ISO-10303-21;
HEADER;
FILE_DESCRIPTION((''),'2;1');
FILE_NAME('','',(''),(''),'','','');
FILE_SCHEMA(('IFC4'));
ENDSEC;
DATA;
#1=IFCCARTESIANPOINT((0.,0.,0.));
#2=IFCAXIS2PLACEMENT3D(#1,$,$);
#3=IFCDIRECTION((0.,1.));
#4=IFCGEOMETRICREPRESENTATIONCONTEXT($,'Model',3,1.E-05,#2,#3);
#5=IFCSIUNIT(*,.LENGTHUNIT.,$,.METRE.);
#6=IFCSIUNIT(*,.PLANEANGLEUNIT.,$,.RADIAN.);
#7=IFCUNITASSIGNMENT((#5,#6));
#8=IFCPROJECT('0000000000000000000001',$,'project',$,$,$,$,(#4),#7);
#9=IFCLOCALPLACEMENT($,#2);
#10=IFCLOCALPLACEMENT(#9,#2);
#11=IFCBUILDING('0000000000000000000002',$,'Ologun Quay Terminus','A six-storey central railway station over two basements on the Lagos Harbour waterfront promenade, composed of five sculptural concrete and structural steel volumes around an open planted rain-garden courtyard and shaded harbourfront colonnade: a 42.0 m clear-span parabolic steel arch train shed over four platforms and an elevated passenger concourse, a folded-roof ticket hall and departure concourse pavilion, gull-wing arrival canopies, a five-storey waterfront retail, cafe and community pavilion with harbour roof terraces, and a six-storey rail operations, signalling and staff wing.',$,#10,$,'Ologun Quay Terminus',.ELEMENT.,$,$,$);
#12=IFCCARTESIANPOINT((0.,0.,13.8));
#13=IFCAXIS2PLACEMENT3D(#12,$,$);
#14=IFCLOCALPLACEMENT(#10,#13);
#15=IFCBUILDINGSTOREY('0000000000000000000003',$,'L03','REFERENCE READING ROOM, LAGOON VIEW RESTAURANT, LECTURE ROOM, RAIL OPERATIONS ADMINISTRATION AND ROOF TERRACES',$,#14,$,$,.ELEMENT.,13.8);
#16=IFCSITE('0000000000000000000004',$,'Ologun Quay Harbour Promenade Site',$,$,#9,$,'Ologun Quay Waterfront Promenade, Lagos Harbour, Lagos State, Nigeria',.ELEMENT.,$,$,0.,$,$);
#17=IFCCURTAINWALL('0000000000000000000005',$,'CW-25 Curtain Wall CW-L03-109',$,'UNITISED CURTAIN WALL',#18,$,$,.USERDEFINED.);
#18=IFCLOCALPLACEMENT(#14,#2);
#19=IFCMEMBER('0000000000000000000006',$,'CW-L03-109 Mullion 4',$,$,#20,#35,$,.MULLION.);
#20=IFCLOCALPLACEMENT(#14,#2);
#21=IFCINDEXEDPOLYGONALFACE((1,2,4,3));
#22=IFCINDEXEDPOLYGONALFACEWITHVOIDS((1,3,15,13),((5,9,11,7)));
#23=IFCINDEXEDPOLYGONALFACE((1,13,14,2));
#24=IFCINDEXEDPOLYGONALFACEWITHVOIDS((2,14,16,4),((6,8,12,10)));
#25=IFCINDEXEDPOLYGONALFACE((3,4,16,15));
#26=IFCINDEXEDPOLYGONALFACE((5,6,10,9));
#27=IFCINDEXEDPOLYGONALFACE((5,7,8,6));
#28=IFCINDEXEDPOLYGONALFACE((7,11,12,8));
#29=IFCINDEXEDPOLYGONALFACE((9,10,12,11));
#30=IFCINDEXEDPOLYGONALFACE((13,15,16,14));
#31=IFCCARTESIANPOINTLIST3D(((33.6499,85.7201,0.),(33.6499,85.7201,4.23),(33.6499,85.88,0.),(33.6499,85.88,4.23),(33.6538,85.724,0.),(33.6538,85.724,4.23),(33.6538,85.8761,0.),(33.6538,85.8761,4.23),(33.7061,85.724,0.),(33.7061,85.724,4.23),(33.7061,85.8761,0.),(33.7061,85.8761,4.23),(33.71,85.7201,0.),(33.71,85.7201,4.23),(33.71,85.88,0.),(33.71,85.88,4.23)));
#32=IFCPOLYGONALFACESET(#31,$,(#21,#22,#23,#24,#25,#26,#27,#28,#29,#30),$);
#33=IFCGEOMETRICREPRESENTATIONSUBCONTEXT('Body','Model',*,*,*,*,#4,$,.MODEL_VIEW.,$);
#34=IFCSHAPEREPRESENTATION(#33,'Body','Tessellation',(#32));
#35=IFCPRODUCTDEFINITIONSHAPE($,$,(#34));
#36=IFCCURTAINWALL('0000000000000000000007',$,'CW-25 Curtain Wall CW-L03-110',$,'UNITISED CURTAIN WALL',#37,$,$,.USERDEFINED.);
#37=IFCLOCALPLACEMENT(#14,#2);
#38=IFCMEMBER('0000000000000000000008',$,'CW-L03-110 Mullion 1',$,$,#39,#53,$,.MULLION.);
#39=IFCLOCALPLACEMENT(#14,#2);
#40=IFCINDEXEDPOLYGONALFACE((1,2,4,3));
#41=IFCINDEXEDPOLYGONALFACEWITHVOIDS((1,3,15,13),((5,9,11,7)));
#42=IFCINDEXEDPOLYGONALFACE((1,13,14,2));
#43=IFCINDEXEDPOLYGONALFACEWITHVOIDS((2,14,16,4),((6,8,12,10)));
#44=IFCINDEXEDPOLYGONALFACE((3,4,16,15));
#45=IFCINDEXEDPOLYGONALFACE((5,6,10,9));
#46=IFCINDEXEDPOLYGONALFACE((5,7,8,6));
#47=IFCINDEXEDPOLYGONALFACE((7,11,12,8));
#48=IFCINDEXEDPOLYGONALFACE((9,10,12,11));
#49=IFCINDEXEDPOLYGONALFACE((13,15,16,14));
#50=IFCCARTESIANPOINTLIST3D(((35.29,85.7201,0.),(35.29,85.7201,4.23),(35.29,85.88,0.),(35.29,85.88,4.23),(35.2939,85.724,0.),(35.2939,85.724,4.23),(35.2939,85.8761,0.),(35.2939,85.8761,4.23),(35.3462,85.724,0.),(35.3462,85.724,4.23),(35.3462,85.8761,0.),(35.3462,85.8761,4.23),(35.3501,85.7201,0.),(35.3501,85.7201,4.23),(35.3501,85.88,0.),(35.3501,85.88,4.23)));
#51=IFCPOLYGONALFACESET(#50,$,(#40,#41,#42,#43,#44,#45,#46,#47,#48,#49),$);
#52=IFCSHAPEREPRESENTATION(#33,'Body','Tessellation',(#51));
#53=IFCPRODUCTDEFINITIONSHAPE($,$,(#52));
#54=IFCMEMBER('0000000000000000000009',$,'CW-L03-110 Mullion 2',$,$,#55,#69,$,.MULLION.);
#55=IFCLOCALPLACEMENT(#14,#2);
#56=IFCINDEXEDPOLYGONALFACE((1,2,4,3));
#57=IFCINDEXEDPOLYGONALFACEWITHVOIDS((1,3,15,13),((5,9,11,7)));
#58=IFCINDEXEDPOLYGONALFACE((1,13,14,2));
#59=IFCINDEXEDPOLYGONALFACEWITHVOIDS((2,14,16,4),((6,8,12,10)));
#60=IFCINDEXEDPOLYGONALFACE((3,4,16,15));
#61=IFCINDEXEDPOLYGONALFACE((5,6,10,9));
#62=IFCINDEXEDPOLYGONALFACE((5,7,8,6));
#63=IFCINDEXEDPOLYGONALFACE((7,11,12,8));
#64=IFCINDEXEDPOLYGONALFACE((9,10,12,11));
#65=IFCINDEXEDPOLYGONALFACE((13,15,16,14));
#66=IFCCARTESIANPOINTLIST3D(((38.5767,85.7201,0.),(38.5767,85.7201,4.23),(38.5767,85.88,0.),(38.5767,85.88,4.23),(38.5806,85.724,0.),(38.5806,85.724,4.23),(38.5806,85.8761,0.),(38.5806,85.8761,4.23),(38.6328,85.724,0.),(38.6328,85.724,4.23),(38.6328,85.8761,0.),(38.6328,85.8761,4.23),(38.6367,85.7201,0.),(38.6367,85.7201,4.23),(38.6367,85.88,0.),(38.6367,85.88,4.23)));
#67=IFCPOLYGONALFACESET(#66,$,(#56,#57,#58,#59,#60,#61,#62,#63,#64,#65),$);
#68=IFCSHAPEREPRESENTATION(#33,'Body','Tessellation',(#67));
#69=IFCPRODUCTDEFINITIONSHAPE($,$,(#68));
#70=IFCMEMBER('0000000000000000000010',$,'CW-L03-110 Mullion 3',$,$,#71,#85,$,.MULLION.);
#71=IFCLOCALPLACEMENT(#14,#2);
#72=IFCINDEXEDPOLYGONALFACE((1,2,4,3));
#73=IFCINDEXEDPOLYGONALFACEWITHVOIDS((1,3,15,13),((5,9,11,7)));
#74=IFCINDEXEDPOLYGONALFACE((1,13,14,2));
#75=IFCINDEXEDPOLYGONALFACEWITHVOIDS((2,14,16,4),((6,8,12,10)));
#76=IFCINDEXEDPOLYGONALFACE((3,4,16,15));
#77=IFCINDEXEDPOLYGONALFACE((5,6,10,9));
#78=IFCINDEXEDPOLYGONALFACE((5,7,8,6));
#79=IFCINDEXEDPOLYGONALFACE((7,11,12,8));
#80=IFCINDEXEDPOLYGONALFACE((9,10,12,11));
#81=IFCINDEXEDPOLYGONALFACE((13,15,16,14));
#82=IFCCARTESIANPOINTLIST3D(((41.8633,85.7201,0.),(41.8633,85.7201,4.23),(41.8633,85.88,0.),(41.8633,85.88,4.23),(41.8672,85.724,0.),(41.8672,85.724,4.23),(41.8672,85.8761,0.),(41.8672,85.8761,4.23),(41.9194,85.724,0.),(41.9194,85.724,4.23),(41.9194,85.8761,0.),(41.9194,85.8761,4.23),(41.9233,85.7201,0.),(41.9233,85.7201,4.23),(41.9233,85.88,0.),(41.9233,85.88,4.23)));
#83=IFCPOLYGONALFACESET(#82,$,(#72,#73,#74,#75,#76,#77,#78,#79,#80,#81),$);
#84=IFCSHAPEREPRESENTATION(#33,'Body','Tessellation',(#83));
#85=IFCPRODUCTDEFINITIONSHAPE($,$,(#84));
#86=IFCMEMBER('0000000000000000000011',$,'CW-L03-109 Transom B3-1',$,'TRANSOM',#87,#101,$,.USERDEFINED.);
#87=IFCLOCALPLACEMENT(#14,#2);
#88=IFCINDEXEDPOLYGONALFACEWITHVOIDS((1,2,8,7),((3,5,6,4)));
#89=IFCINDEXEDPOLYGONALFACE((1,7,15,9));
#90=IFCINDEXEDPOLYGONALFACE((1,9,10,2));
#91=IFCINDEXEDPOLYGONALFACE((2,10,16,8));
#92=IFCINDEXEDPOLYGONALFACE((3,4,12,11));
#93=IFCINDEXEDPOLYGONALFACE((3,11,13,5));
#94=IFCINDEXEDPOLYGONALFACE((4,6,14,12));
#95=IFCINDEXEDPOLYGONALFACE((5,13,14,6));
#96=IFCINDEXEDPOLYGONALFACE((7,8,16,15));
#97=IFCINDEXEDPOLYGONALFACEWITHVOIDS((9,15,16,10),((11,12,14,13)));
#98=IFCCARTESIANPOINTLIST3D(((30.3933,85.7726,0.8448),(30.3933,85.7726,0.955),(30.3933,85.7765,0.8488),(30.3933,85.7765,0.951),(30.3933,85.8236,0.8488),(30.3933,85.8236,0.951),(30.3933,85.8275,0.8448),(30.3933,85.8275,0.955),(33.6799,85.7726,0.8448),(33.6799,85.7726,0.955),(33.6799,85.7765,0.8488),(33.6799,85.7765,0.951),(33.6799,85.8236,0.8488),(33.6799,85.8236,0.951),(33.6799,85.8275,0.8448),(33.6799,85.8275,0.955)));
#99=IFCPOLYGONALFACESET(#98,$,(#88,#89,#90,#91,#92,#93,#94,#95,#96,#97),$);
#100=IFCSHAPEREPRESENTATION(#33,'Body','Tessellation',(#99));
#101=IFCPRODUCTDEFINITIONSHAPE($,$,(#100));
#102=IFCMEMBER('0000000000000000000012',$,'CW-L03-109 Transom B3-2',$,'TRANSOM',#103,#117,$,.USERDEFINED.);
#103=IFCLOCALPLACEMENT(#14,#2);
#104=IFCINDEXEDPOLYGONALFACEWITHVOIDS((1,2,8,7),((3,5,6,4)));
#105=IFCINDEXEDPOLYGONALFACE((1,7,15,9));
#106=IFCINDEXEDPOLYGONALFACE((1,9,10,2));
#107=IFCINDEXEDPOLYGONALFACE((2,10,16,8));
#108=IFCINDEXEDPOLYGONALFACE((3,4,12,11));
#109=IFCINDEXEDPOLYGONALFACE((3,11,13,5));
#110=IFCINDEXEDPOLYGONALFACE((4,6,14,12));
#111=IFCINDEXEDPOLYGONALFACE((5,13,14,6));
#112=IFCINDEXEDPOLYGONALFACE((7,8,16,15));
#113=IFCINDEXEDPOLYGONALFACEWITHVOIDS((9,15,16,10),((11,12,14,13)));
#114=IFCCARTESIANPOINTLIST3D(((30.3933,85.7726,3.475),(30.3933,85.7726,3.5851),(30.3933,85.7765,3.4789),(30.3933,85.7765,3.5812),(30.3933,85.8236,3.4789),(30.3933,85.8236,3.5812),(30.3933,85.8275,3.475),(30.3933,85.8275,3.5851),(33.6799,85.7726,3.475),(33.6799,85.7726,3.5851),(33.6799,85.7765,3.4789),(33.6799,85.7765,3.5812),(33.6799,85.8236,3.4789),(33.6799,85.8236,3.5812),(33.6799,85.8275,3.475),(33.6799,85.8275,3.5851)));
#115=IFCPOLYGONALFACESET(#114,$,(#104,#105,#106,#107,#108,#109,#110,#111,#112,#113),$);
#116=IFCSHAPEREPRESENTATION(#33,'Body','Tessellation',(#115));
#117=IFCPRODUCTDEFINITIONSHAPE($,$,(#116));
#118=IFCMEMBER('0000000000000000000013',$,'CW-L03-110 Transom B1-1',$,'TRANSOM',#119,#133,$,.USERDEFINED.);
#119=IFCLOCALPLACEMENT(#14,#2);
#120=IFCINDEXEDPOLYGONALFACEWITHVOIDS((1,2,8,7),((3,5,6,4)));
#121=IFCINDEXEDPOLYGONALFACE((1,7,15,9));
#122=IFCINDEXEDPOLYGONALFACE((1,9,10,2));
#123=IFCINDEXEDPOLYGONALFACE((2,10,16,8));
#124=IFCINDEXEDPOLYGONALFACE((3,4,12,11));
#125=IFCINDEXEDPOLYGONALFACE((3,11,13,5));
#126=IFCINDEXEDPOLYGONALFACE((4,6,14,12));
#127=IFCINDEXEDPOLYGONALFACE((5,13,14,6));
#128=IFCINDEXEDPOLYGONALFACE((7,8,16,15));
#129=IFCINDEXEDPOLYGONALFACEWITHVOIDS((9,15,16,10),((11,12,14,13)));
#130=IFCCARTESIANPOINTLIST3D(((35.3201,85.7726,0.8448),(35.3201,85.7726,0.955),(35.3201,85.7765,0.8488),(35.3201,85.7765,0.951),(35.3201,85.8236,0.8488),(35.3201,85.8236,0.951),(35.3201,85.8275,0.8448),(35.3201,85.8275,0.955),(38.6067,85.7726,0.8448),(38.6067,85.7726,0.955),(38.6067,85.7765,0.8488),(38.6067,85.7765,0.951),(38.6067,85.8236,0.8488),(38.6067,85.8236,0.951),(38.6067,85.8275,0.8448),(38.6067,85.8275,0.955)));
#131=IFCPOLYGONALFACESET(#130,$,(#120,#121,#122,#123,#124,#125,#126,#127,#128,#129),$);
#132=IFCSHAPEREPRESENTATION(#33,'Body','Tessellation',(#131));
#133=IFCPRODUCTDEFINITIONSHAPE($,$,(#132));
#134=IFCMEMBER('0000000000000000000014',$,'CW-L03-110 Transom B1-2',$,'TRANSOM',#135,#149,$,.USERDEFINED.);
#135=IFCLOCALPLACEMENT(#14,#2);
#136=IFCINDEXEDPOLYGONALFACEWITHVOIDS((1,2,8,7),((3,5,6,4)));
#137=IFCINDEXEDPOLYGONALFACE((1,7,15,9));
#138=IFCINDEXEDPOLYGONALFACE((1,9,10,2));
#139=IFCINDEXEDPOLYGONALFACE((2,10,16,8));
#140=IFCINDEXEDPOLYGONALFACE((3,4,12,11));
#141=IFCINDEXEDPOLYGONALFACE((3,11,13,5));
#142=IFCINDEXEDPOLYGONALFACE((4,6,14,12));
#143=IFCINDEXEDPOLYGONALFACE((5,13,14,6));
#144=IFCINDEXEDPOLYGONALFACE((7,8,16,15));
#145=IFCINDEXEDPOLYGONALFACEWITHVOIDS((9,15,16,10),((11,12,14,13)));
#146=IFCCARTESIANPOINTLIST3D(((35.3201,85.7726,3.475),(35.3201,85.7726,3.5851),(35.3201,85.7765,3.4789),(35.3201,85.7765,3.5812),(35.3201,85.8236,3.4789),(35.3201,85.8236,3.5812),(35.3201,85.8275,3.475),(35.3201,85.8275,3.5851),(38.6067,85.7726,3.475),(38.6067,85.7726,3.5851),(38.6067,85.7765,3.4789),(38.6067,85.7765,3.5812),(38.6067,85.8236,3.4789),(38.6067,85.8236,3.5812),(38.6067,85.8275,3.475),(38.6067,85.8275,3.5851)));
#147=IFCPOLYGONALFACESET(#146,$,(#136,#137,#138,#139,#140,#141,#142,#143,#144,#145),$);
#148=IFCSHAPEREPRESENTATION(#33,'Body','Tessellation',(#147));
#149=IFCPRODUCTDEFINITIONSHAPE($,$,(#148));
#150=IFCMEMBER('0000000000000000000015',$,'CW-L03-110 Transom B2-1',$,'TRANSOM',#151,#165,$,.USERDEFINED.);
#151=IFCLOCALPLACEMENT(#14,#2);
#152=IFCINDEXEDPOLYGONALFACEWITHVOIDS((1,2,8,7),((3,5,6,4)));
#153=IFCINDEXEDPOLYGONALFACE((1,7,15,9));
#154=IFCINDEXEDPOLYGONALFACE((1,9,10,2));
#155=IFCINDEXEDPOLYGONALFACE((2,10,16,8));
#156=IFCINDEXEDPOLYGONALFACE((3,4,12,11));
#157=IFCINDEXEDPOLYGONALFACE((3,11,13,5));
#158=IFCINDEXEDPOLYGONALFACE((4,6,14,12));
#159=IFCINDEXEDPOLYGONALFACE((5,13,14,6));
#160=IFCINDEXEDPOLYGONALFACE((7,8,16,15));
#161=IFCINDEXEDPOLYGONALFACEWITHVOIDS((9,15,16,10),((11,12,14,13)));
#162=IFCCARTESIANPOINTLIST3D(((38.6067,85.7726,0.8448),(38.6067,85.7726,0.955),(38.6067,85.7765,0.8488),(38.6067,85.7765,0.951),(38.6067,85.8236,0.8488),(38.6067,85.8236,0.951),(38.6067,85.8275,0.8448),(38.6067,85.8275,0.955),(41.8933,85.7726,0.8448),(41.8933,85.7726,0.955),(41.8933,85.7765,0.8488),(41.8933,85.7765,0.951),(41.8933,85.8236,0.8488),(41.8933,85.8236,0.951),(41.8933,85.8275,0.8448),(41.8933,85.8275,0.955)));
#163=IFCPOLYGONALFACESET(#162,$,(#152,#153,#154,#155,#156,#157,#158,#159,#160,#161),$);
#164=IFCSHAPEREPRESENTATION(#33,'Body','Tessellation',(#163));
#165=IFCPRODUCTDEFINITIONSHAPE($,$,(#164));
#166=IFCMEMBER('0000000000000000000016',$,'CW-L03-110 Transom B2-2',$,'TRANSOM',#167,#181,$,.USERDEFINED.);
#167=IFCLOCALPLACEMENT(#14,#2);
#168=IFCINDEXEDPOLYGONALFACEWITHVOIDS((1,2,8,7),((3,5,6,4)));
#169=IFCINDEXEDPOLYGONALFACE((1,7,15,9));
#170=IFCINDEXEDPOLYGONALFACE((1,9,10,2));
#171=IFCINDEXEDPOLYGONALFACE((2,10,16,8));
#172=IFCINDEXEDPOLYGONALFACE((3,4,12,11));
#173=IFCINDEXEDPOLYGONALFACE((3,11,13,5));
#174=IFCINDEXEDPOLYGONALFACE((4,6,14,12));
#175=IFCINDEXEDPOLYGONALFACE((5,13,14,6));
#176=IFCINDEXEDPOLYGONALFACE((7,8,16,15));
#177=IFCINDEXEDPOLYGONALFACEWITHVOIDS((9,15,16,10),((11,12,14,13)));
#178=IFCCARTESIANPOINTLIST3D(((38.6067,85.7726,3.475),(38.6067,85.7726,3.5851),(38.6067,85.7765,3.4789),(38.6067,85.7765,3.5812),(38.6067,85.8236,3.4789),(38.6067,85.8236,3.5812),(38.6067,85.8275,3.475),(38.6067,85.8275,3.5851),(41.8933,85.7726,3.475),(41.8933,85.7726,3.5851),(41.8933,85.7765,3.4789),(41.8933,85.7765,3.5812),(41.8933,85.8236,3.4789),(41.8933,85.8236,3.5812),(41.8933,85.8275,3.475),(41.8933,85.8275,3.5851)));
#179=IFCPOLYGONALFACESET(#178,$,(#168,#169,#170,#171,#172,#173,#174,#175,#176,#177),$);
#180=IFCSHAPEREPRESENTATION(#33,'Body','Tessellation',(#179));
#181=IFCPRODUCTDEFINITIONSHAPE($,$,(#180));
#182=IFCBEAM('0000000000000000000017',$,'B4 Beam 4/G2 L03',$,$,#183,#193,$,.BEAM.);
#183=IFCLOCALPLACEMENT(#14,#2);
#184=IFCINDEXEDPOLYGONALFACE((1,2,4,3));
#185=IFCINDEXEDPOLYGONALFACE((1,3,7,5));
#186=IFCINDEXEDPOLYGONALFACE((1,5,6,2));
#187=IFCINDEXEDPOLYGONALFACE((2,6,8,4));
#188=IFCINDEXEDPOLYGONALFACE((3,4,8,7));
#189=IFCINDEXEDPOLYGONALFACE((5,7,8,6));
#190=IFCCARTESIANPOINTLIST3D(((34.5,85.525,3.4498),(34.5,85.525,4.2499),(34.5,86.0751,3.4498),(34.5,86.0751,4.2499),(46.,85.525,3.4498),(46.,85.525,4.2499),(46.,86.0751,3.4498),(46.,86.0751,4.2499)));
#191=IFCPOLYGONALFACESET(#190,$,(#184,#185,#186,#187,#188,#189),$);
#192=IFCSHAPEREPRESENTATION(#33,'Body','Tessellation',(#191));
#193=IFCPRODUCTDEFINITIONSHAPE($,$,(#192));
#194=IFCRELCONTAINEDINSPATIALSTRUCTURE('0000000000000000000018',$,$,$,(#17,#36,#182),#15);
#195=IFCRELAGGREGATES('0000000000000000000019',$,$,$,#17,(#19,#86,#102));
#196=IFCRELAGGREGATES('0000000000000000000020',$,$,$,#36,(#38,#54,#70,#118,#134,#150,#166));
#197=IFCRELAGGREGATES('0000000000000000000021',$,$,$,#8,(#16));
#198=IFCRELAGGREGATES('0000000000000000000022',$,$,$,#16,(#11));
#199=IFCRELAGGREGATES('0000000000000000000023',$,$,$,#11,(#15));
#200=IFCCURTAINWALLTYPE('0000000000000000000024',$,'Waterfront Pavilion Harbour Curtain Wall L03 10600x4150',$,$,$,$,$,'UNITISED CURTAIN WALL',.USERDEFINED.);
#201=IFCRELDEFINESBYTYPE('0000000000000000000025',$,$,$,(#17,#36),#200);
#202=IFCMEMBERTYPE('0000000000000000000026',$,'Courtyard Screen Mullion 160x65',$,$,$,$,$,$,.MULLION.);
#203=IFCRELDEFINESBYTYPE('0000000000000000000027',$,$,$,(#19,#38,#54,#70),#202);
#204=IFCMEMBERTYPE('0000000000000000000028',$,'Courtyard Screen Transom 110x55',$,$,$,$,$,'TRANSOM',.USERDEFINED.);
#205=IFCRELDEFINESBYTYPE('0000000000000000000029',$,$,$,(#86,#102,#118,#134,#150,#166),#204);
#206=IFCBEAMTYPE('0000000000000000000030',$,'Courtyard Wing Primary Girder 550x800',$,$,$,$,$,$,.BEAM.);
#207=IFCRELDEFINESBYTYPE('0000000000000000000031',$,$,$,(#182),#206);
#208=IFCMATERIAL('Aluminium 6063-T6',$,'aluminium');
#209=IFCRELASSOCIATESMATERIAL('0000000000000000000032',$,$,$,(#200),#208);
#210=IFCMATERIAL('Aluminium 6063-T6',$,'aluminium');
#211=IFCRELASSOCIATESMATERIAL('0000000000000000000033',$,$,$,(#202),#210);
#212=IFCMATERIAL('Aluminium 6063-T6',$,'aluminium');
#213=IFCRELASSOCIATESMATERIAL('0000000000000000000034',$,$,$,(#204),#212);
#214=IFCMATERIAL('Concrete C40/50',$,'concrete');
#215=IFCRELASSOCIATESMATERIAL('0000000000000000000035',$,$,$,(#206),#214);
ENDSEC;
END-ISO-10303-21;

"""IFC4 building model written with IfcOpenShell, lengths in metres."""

from ifc_helpers import new_model, si_unit, direction, frame, origin, origin_2d, place, context, subcontext, project, spatial, rectangle, hollow_rectangle, extrude, material, material_profile, profile_set, type_object, element, aggregate, save


model = new_model("IFC4")

# Units and contexts
model_context = context("Model", 3, precision=1e-05, world=origin(), true_north=direction((0.0, 1.0)))
body_context = subcontext(model_context, "Body", "Model", "MODEL_VIEW")
ifc_project = project(units=[si_unit("LENGTHUNIT", "METRE"), si_unit("PLANEANGLEUNIT", "RADIAN")], contexts=[model_context])

# Site, building, storey
site_placement = place(None, origin())
site = spatial("IfcSite", under=ifc_project, at=site_placement, Name="Ologun Quay Harbour Promenade Site", LongName="Ologun Quay Waterfront Promenade, Lagos Harbour, Lagos State, Nigeria", CompositionType="ELEMENT", RefElevation=0.0)
building_placement = place(site_placement, origin())
building = spatial("IfcBuilding", under=site, at=building_placement, Name="Ologun Quay Terminus", Description="A six-storey central railway station over two basements on the Lagos Harbour waterfront promenade, composed of five sculptural concrete and structural steel volumes around an open planted rain-garden courtyard and shaded harbourfront colonnade: a 42.0 m clear-span parabolic steel arch train shed over four platforms and an elevated passenger concourse, a folded-roof ticket hall and departure concourse pavilion, gull-wing arrival canopies, a five-storey waterfront retail, cafe and community pavilion with harbour roof terraces, and a six-storey rail operations, signalling and staff wing.", LongName="Ologun Quay Terminus", CompositionType="ELEMENT")
storey_placement = place(building_placement, frame((0.0, 0.0, 13.8)))
storey = spatial("IfcBuildingStorey", under=building, at=storey_placement, Name="L03", Description="REFERENCE READING ROOM, LAGOON VIEW RESTAURANT, LECTURE ROOM, RAIL OPERATIONS ADMINISTRATION AND ROOF TERRACES", CompositionType="ELEMENT", Elevation=13.8)

# Curtain wall, member
ifc_material_1 = material(Name="Aluminium 6063-T6", Category="aluminium")
curtain_wall_type = type_object("IfcCurtainWallType", Name="Waterfront Pavilion Harbour Curtain Wall L03 10600x4150", ElementType="UNITISED CURTAIN WALL", PredefinedType="USERDEFINED", material=ifc_material_1)
curtain_wall_1_placement = place(storey_placement, origin())
curtain_wall_1 = element("IfcCurtainWall", 1, at=curtain_wall_1_placement, inside=storey, type_object=curtain_wall_type, Name="CW-25 Curtain Wall CW-L03-109", ObjectType="UNITISED CURTAIN WALL", PredefinedType="USERDEFINED")
ifc_material_2 = material(Name="Aluminium 6063-T6", Category="aluminium")
ifc_material_profile_1 = material_profile(ifc_material_2, hollow_rectangle(XDim=0.0601, YDim=0.1599, WallThickness=0.0039, at=origin_2d()), Name="ALU 160x60x4")
ifc_profile_set_1 = profile_set([ifc_material_profile_1], Name="Aluminium 6063-T6")
member_type_1 = type_object("IfcMemberType", Name="Courtyard Screen Mullion 160x65", PredefinedType="MULLION", material=ifc_profile_set_1)
member_1_placement = place(storey_placement, frame((33.6799, 85.8, 0.0), z_axis=(0.0, 0.0, 1.0), x_axis=(1.0, 0.0, 0.0)))
member_1 = element("IfcMember", 2, at=member_1_placement, type_object=member_type_1, Name="CW-L03-109 Mullion 4", PredefinedType="MULLION", context=body_context, shape_type="SweptSolid", body=[
    extrude(hollow_rectangle(XDim=0.0601, YDim=0.1599, WallThickness=0.0039, at=origin_2d()), origin(), (0.0, 0.0, 1.0), 4.23),
])

# Curtain wall, members
curtain_wall_2_placement = place(storey_placement, origin())
curtain_wall_2 = element("IfcCurtainWall", 3, at=curtain_wall_2_placement, inside=storey, type_object=curtain_wall_type, Name="CW-25 Curtain Wall CW-L03-110", ObjectType="UNITISED CURTAIN WALL", PredefinedType="USERDEFINED")
member_2_placement = place(storey_placement, frame((35.3201, 85.8, 0.0), z_axis=(0.0, 0.0, 1.0), x_axis=(1.0, 0.0, 0.0)))
member_2 = element("IfcMember", 4, at=member_2_placement, type_object=member_type_1, Name="CW-L03-110 Mullion 1", PredefinedType="MULLION", context=body_context, shape_type="SweptSolid", body=[
    extrude(hollow_rectangle(XDim=0.0601, YDim=0.1599, WallThickness=0.0039, at=origin_2d()), origin(), (0.0, 0.0, 1.0), 4.23),
])
member_3_placement = place(storey_placement, frame((38.6067, 85.8, 0.0), z_axis=(0.0, 0.0, 1.0), x_axis=(1.0, 0.0, 0.0)))
member_3 = element("IfcMember", 5, at=member_3_placement, type_object=member_type_1, Name="CW-L03-110 Mullion 2", PredefinedType="MULLION", context=body_context, shape_type="SweptSolid", body=[
    extrude(hollow_rectangle(XDim=0.0601, YDim=0.1599, WallThickness=0.0039, at=origin_2d()), origin(), (0.0, 0.0, 1.0), 4.23),
])
member_4_placement = place(storey_placement, frame((41.8933, 85.8, 0.0), z_axis=(0.0, 0.0, 1.0), x_axis=(1.0, 0.0, 0.0)))
member_4 = element("IfcMember", 6, at=member_4_placement, type_object=member_type_1, Name="CW-L03-110 Mullion 3", PredefinedType="MULLION", context=body_context, shape_type="SweptSolid", body=[
    extrude(hollow_rectangle(XDim=0.0601, YDim=0.1599, WallThickness=0.0039, at=origin_2d()), origin(), (0.0, 0.0, 1.0), 4.23),
])

# Members
ifc_material_3 = material(Name="Aluminium 6063-T6", Category="aluminium")
ifc_material_profile_2 = material_profile(ifc_material_3, hollow_rectangle(XDim=0.0549, YDim=0.1101, WallThickness=0.0039, at=origin_2d()), Name="ALU 110x55x4")
ifc_profile_set_2 = profile_set([ifc_material_profile_2], Name="Aluminium 6063-T6")
member_type_2 = type_object("IfcMemberType", Name="Courtyard Screen Transom 110x55", ElementType="TRANSOM", PredefinedType="USERDEFINED", material=ifc_profile_set_2)
member_5_placement = place(storey_placement, frame((30.3933, 85.8, 0.8999), z_axis=(1.0, 0.0, 0.0), x_axis=(0.0, 1.0, 0.0)))
member_5 = element("IfcMember", 7, at=member_5_placement, type_object=member_type_2, Name="CW-L03-109 Transom B3-1", ObjectType="TRANSOM", PredefinedType="USERDEFINED", context=body_context, shape_type="SweptSolid", body=[
    extrude(hollow_rectangle(XDim=0.0549, YDim=0.1101, WallThickness=0.0039, at=origin_2d()), origin(), (0.0, 0.0, 1.0), 3.2866),
])
member_6_placement = place(storey_placement, frame((30.3933, 85.8, 3.53), z_axis=(1.0, 0.0, 0.0), x_axis=(0.0, 1.0, 0.0)))
member_6 = element("IfcMember", 8, at=member_6_placement, type_object=member_type_2, Name="CW-L03-109 Transom B3-2", ObjectType="TRANSOM", PredefinedType="USERDEFINED", context=body_context, shape_type="SweptSolid", body=[
    extrude(hollow_rectangle(XDim=0.0549, YDim=0.1101, WallThickness=0.0039, at=origin_2d()), origin(), (0.0, 0.0, 1.0), 3.2866),
])
member_7_placement = place(storey_placement, frame((35.3201, 85.8, 0.8999), z_axis=(1.0, 0.0, 0.0), x_axis=(0.0, 1.0, 0.0)))
member_7 = element("IfcMember", 9, at=member_7_placement, type_object=member_type_2, Name="CW-L03-110 Transom B1-1", ObjectType="TRANSOM", PredefinedType="USERDEFINED", context=body_context, shape_type="SweptSolid", body=[
    extrude(hollow_rectangle(XDim=0.0549, YDim=0.1101, WallThickness=0.0039, at=origin_2d()), origin(), (0.0, 0.0, 1.0), 3.2866),
])
member_8_placement = place(storey_placement, frame((35.3201, 85.8, 3.53), z_axis=(1.0, 0.0, 0.0), x_axis=(0.0, 1.0, 0.0)))
member_8 = element("IfcMember", 10, at=member_8_placement, type_object=member_type_2, Name="CW-L03-110 Transom B1-2", ObjectType="TRANSOM", PredefinedType="USERDEFINED", context=body_context, shape_type="SweptSolid", body=[
    extrude(hollow_rectangle(XDim=0.0549, YDim=0.1101, WallThickness=0.0039, at=origin_2d()), origin(), (0.0, 0.0, 1.0), 3.2866),
])
member_9_placement = place(storey_placement, frame((38.6067, 85.8, 0.8999), z_axis=(1.0, 0.0, 0.0), x_axis=(0.0, 1.0, 0.0)))
member_9 = element("IfcMember", 11, at=member_9_placement, type_object=member_type_2, Name="CW-L03-110 Transom B2-1", ObjectType="TRANSOM", PredefinedType="USERDEFINED", context=body_context, shape_type="SweptSolid", body=[
    extrude(hollow_rectangle(XDim=0.0549, YDim=0.1101, WallThickness=0.0039, at=origin_2d()), origin(), (0.0, 0.0, 1.0), 3.2866),
])
member_10_placement = place(storey_placement, frame((38.6067, 85.8, 3.53), z_axis=(1.0, 0.0, 0.0), x_axis=(0.0, 1.0, 0.0)))
member_10 = element("IfcMember", 12, at=member_10_placement, type_object=member_type_2, Name="CW-L03-110 Transom B2-2", ObjectType="TRANSOM", PredefinedType="USERDEFINED", context=body_context, shape_type="SweptSolid", body=[
    extrude(hollow_rectangle(XDim=0.0549, YDim=0.1101, WallThickness=0.0039, at=origin_2d()), origin(), (0.0, 0.0, 1.0), 3.2866),
])

# Beam
ifc_material_4 = material(Name="Concrete C40/50", Category="concrete")
ifc_material_profile_3 = material_profile(ifc_material_4, rectangle(XDim=0.55, YDim=0.8, at=origin_2d()), Name="RC 550x800")
ifc_profile_set_3 = profile_set([ifc_material_profile_3], Name="Concrete C40/50")
beam_type_1 = type_object("IfcBeamType", Name="Courtyard Wing Primary Girder 550x800", PredefinedType="BEAM", material=ifc_profile_set_3)
for number, where, z_axis, x_axis, name in (
    (13, (34.5, 85.8, 3.8499), (1.0, 0.0, 0.0), (0.0, 1.0, 0.0), "B4 Beam 4/G2 L03"),
):
    element("IfcBeam", number, at=place(storey_placement, frame(where, z_axis=z_axis, x_axis=x_axis)), inside=storey, type_object=beam_type_1, Name=name, PredefinedType="BEAM", context=body_context, shape_type="SweptSolid", body=[
        extrude(rectangle(XDim=0.55, YDim=0.8, at=origin_2d()), origin(), (0.0, 0.0, 1.0), 11.5),
    ])

aggregate(curtain_wall_1, [member_1, member_5, member_6])
aggregate(curtain_wall_2, [member_2, member_3, member_4, member_7, member_8, member_9, member_10])

save(model, "model.ifc")
